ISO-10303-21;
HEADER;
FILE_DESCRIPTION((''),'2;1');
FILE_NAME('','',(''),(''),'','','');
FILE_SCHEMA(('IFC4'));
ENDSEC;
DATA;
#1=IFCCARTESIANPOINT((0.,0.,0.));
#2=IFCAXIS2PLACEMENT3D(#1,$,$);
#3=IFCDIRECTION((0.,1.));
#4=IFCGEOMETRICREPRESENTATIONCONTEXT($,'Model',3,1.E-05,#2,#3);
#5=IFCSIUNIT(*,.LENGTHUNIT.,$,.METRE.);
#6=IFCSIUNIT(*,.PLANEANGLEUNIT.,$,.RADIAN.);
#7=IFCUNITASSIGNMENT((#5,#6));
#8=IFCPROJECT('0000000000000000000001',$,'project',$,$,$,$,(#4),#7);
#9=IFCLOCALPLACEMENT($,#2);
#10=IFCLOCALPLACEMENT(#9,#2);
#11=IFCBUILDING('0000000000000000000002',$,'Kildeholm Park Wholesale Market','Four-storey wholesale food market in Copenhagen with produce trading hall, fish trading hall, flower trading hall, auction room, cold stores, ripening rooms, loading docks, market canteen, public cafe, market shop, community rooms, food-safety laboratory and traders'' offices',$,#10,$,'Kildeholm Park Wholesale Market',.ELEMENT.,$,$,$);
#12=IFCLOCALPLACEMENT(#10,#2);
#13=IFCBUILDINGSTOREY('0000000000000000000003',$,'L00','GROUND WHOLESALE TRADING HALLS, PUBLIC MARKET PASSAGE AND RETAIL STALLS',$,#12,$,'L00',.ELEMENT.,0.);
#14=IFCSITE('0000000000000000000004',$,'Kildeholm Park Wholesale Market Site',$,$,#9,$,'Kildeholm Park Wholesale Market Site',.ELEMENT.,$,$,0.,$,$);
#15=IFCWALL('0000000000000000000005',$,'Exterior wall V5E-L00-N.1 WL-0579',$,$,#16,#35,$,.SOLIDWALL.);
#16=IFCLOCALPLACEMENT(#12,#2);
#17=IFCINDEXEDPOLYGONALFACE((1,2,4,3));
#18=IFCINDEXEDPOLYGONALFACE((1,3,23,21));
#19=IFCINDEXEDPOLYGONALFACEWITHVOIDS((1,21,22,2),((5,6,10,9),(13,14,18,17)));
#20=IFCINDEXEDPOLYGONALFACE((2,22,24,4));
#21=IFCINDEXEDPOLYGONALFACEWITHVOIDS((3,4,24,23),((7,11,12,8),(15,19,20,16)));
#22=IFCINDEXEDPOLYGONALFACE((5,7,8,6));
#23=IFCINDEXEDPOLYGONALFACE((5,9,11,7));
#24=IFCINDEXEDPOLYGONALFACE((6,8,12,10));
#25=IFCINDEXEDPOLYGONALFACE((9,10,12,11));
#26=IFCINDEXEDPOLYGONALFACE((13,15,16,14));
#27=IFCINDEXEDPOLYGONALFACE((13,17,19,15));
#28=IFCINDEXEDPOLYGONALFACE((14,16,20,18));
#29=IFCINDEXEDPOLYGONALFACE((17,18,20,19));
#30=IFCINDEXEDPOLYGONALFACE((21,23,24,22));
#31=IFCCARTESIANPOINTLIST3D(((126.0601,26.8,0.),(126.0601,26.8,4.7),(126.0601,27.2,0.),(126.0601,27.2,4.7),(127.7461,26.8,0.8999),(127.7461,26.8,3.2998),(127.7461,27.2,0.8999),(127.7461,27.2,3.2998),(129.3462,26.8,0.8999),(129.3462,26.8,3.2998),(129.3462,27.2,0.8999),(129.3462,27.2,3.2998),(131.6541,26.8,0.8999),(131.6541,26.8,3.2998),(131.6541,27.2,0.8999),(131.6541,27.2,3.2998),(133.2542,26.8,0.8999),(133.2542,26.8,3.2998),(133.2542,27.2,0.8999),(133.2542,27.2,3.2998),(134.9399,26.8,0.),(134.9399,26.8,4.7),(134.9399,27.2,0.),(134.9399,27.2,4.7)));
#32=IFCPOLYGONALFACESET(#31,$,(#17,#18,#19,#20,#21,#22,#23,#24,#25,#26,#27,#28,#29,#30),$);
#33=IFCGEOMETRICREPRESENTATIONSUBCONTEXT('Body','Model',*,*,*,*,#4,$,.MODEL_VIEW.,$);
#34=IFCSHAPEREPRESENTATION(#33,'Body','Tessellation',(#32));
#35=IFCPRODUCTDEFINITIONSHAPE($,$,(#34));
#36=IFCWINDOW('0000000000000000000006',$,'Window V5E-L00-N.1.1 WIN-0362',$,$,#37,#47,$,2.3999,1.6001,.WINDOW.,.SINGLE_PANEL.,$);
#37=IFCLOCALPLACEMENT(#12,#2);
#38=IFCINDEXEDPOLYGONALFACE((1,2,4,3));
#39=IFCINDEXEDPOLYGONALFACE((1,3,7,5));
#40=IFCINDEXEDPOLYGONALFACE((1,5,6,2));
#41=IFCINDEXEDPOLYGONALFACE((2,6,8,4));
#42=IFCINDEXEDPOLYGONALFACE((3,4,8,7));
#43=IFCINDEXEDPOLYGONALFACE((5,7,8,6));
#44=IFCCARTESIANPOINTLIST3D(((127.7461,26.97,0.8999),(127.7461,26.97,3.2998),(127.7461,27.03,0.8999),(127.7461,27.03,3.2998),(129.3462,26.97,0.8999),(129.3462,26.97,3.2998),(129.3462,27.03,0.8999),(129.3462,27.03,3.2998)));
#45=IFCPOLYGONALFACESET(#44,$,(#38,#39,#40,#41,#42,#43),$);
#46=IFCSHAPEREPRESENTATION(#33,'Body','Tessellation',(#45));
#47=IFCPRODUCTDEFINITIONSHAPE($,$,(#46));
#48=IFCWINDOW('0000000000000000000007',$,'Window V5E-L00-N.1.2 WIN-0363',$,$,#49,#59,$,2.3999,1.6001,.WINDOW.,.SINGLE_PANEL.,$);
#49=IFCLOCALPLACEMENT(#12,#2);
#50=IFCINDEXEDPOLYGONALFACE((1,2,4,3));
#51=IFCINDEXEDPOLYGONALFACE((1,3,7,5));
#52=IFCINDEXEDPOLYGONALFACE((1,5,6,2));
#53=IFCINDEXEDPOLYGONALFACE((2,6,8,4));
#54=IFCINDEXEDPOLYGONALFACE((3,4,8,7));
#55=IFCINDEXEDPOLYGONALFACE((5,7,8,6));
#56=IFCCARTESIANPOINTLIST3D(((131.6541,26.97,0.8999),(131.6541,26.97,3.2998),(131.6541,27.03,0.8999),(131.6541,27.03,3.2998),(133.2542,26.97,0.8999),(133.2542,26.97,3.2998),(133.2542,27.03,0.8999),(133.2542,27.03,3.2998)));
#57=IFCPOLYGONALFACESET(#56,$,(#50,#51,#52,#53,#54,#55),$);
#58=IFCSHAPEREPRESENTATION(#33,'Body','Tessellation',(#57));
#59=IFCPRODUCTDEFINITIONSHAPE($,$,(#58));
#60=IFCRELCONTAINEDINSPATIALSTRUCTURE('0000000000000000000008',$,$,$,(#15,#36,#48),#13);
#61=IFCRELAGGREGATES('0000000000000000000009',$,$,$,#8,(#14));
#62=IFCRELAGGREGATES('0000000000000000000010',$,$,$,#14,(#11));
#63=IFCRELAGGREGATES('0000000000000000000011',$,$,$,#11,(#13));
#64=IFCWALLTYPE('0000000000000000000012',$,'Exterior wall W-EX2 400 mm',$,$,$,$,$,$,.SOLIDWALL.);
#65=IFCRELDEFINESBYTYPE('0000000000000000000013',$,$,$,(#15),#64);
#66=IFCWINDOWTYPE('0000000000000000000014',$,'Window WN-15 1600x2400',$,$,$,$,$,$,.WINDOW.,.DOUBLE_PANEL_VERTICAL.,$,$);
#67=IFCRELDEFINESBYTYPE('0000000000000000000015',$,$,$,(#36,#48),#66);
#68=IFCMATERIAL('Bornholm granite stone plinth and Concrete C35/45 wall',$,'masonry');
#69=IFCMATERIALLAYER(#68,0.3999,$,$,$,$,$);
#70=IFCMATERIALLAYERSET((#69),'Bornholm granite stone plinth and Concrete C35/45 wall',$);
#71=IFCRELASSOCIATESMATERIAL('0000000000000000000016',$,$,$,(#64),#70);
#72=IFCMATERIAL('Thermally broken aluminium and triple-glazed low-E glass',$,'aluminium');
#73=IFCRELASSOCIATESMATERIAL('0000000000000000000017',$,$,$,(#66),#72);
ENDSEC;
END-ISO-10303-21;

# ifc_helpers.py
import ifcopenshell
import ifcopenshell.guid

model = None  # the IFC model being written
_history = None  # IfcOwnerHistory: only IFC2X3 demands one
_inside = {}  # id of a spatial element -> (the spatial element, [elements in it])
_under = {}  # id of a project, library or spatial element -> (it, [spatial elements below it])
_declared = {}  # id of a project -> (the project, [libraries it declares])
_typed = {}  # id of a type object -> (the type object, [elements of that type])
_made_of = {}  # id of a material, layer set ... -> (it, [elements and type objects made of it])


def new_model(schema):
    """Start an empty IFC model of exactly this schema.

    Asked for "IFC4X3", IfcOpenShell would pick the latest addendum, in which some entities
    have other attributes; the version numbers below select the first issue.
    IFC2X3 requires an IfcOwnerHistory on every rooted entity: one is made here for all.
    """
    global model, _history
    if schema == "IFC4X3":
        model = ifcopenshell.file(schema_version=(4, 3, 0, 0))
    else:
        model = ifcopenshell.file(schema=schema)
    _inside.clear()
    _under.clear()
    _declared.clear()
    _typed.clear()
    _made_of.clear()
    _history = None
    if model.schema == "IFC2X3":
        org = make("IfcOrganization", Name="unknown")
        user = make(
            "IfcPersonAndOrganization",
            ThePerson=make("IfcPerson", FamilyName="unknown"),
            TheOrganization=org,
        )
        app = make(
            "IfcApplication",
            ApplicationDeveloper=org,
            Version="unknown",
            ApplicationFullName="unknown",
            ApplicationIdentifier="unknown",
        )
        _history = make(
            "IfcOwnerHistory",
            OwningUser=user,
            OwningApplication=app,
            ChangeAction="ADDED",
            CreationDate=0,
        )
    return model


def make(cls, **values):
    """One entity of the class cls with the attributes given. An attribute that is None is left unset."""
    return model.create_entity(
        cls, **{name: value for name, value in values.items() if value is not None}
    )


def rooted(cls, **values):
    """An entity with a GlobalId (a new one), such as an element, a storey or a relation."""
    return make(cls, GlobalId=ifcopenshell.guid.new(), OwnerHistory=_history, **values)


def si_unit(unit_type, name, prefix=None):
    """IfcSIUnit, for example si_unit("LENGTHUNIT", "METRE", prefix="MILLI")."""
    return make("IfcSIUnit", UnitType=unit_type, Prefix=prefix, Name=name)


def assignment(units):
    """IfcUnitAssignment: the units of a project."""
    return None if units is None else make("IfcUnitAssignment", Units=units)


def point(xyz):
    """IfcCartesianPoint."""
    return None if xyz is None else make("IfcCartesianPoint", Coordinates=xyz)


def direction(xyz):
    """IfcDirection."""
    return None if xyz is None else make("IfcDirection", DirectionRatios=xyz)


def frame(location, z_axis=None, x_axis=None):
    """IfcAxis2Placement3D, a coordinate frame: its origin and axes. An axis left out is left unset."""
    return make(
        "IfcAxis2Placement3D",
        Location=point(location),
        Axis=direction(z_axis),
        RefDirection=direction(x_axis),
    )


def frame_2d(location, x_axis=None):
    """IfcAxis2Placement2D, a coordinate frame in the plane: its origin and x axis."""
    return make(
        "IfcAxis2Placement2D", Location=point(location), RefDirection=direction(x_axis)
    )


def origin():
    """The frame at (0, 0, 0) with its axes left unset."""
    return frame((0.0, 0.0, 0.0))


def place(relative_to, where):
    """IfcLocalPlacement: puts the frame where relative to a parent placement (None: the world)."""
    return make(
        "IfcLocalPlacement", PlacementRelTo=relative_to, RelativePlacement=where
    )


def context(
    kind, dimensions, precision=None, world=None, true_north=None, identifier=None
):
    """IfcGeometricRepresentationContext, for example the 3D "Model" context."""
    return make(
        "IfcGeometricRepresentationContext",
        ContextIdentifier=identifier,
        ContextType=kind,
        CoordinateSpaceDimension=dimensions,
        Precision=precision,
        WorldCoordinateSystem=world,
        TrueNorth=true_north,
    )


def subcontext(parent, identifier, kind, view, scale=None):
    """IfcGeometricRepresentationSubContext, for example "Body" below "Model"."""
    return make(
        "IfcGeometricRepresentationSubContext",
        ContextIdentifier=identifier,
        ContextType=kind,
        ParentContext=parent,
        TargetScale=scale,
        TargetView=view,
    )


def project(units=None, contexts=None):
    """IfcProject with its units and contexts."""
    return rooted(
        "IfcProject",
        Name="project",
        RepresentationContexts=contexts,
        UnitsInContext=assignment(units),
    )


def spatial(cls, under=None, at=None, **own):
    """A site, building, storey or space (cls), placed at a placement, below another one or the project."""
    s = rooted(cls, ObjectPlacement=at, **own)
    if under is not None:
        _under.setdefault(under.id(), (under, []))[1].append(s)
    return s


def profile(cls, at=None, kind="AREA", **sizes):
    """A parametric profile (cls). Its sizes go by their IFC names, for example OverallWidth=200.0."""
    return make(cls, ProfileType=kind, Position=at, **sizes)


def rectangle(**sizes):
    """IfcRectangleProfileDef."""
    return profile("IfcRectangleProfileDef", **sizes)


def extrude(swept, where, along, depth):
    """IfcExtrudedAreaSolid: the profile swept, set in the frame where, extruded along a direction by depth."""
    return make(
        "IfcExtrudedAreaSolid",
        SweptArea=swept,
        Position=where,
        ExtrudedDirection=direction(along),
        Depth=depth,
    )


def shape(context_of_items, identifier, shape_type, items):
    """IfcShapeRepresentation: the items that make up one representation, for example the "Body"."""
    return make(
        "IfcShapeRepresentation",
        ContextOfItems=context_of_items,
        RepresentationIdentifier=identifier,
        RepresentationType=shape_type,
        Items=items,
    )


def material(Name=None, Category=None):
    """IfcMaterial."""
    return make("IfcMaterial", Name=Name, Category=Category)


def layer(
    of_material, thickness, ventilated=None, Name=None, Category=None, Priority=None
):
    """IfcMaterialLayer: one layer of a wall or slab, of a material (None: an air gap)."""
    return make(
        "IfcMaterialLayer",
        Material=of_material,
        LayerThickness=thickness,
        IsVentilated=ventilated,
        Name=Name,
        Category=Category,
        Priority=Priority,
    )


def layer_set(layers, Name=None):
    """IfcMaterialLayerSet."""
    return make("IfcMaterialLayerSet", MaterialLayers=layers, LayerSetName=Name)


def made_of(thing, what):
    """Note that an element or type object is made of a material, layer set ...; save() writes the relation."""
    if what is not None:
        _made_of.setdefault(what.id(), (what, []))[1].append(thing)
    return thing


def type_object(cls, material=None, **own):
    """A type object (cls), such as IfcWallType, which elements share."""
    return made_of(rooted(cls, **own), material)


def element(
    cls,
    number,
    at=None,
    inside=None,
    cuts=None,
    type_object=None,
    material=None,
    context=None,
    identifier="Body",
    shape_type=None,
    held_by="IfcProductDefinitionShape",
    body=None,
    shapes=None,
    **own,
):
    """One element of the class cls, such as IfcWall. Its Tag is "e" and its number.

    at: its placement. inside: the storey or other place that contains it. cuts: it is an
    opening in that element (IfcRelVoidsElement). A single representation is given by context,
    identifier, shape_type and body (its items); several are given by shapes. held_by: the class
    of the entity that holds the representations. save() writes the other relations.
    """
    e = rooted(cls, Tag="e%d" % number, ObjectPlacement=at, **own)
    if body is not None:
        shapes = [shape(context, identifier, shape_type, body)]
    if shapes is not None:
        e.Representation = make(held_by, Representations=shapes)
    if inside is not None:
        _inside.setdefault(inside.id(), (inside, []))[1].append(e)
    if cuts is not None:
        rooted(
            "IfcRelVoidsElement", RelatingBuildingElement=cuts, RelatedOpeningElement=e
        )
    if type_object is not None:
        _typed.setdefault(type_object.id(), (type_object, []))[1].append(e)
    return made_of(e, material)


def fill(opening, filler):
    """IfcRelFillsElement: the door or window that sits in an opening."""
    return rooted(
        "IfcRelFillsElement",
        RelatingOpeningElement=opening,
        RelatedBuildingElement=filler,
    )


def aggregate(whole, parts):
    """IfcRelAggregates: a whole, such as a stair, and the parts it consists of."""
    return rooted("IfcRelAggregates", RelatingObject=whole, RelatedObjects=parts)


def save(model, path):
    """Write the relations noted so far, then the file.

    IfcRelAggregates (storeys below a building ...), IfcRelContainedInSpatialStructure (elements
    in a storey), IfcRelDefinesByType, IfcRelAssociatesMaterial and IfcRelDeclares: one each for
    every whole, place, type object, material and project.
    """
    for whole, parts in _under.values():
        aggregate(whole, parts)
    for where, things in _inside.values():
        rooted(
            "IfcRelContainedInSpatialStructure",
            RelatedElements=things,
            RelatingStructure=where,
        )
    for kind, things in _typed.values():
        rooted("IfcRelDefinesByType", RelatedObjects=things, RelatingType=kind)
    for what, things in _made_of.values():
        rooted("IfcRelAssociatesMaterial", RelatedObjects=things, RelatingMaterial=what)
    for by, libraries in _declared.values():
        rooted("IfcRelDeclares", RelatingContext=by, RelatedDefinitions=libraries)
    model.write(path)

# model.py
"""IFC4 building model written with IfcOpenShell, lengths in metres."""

from ifc_helpers import new_model, si_unit, direction, frame, frame_2d, origin, place, context, subcontext, project, spatial, rectangle, extrude, material, layer, layer_set, type_object, element, fill, save


model = new_model("IFC4")

# Units and contexts
model_context = context("Model", 3, precision=1e-05, world=origin(), true_north=direction((0.0, 1.0)))
body_context = subcontext(model_context, "Body", "Model", "MODEL_VIEW")
ifc_project = project(units=[si_unit("LENGTHUNIT", "METRE"), si_unit("PLANEANGLEUNIT", "RADIAN")], contexts=[model_context])

# Site, building, storey
site_placement = place(None, origin())
site = spatial("IfcSite", under=ifc_project, at=site_placement, Name="Kildeholm Park Wholesale Market Site", LongName="Kildeholm Park Wholesale Market Site", CompositionType="ELEMENT", RefElevation=0.0)
building_placement = place(site_placement, origin())
building = spatial("IfcBuilding", under=site, at=building_placement, Name="Kildeholm Park Wholesale Market", Description="Four-storey wholesale food market in Copenhagen with produce trading hall, fish trading hall, flower trading hall, auction room, cold stores, ripening rooms, loading docks, market canteen, public cafe, market shop, community rooms, food-safety laboratory and traders' offices", LongName="Kildeholm Park Wholesale Market", CompositionType="ELEMENT")
storey_placement = place(building_placement, origin())
storey = spatial("IfcBuildingStorey", under=building, at=storey_placement, Name="L00", Description="GROUND WHOLESALE TRADING HALLS, PUBLIC MARKET PASSAGE AND RETAIL STALLS", LongName="L00", CompositionType="ELEMENT", Elevation=0.0)

# Wall, openings, windows
ifc_material_1 = material(Name="Bornholm granite stone plinth and Concrete C35/45 wall", Category="masonry")
ifc_layer_1 = layer(ifc_material_1, 0.3999)
ifc_layer_set_1 = layer_set([ifc_layer_1], Name="Bornholm granite stone plinth and Concrete C35/45 wall")
wall_type = type_object("IfcWallType", Name="Exterior wall W-EX2 400 mm", PredefinedType="SOLIDWALL", material=ifc_layer_set_1)
wall_placement = place(storey_placement, frame((126.0601, 27.0, 0.0), z_axis=(0.0, 0.0, 1.0), x_axis=(1.0, 0.0, 0.0)))
wall = element("IfcWall", 1, at=wall_placement, inside=storey, type_object=wall_type, Name="Exterior wall V5E-L00-N.1 WL-0579", PredefinedType="SOLIDWALL", context=body_context, shape_type="SweptSolid", body=[
    extrude(rectangle(XDim=8.8799, YDim=0.3999, at=frame_2d((4.4399, 0.0))), origin(), (0.0, 0.0, 1.0), 4.7),
])
opening_1_placement = place(wall_placement, frame((1.686, 0.0, 0.8999)))
opening_1 = element("IfcOpeningElement", 2, at=opening_1_placement, cuts=wall, PredefinedType="OPENING", context=body_context, shape_type="SweptSolid", body=[
    extrude(rectangle(XDim=1.6001, YDim=2.3999, at=frame_2d((0.8, 1.2))), frame((0.0, 0.21, 0.0), z_axis=(0.0, -1.0, 0.0), x_axis=(1.0, 0.0, 0.0)), (0.0, 0.0, 1.0), 0.4199),
])
opening_2_placement = place(wall_placement, frame((5.594, 0.0, 0.8999)))
opening_2 = element("IfcOpeningElement", 3, at=opening_2_placement, cuts=wall, PredefinedType="OPENING", context=body_context, shape_type="SweptSolid", body=[
    extrude(rectangle(XDim=1.6001, YDim=2.3999, at=frame_2d((0.8, 1.2))), frame((0.0, 0.21, 0.0), z_axis=(0.0, -1.0, 0.0), x_axis=(1.0, 0.0, 0.0)), (0.0, 0.0, 1.0), 0.4199),
])
ifc_material_2 = material(Name="Thermally broken aluminium and triple-glazed low-E glass", Category="aluminium")
window_type = type_object("IfcWindowType", Name="Window WN-15 1600x2400", PartitioningType="DOUBLE_PANEL_VERTICAL", PredefinedType="WINDOW", material=ifc_material_2)
window_1_placement = place(opening_1_placement, origin())
window_1 = element("IfcWindow", 4, at=window_1_placement, inside=storey, type_object=window_type, Name="Window V5E-L00-N.1.1 WIN-0362", OverallHeight=2.3999, OverallWidth=1.6001, PartitioningType="SINGLE_PANEL", PredefinedType="WINDOW", context=body_context, shape_type="SweptSolid", body=[
    extrude(rectangle(XDim=1.6001, YDim=2.3999, at=frame_2d((0.8, 1.2))), frame((0.0, 0.03, 0.0), z_axis=(0.0, -1.0, 0.0), x_axis=(1.0, 0.0, 0.0)), (0.0, 0.0, 1.0), 0.0601),
])
fill(opening_1, window_1)
window_2_placement = place(opening_2_placement, origin())
window_2 = element("IfcWindow", 5, at=window_2_placement, inside=storey, type_object=window_type, Name="Window V5E-L00-N.1.2 WIN-0363", OverallHeight=2.3999, OverallWidth=1.6001, PartitioningType="SINGLE_PANEL", PredefinedType="WINDOW", context=body_context, shape_type="SweptSolid", body=[
    extrude(rectangle(XDim=1.6001, YDim=2.3999, at=frame_2d((0.8, 1.2))), frame((0.0, 0.03, 0.0), z_axis=(0.0, -1.0, 0.0), x_axis=(1.0, 0.0, 0.0)), (0.0, 0.0, 1.0), 0.0601),
])
fill(opening_2, window_2)

save(model, "model.ifc")
